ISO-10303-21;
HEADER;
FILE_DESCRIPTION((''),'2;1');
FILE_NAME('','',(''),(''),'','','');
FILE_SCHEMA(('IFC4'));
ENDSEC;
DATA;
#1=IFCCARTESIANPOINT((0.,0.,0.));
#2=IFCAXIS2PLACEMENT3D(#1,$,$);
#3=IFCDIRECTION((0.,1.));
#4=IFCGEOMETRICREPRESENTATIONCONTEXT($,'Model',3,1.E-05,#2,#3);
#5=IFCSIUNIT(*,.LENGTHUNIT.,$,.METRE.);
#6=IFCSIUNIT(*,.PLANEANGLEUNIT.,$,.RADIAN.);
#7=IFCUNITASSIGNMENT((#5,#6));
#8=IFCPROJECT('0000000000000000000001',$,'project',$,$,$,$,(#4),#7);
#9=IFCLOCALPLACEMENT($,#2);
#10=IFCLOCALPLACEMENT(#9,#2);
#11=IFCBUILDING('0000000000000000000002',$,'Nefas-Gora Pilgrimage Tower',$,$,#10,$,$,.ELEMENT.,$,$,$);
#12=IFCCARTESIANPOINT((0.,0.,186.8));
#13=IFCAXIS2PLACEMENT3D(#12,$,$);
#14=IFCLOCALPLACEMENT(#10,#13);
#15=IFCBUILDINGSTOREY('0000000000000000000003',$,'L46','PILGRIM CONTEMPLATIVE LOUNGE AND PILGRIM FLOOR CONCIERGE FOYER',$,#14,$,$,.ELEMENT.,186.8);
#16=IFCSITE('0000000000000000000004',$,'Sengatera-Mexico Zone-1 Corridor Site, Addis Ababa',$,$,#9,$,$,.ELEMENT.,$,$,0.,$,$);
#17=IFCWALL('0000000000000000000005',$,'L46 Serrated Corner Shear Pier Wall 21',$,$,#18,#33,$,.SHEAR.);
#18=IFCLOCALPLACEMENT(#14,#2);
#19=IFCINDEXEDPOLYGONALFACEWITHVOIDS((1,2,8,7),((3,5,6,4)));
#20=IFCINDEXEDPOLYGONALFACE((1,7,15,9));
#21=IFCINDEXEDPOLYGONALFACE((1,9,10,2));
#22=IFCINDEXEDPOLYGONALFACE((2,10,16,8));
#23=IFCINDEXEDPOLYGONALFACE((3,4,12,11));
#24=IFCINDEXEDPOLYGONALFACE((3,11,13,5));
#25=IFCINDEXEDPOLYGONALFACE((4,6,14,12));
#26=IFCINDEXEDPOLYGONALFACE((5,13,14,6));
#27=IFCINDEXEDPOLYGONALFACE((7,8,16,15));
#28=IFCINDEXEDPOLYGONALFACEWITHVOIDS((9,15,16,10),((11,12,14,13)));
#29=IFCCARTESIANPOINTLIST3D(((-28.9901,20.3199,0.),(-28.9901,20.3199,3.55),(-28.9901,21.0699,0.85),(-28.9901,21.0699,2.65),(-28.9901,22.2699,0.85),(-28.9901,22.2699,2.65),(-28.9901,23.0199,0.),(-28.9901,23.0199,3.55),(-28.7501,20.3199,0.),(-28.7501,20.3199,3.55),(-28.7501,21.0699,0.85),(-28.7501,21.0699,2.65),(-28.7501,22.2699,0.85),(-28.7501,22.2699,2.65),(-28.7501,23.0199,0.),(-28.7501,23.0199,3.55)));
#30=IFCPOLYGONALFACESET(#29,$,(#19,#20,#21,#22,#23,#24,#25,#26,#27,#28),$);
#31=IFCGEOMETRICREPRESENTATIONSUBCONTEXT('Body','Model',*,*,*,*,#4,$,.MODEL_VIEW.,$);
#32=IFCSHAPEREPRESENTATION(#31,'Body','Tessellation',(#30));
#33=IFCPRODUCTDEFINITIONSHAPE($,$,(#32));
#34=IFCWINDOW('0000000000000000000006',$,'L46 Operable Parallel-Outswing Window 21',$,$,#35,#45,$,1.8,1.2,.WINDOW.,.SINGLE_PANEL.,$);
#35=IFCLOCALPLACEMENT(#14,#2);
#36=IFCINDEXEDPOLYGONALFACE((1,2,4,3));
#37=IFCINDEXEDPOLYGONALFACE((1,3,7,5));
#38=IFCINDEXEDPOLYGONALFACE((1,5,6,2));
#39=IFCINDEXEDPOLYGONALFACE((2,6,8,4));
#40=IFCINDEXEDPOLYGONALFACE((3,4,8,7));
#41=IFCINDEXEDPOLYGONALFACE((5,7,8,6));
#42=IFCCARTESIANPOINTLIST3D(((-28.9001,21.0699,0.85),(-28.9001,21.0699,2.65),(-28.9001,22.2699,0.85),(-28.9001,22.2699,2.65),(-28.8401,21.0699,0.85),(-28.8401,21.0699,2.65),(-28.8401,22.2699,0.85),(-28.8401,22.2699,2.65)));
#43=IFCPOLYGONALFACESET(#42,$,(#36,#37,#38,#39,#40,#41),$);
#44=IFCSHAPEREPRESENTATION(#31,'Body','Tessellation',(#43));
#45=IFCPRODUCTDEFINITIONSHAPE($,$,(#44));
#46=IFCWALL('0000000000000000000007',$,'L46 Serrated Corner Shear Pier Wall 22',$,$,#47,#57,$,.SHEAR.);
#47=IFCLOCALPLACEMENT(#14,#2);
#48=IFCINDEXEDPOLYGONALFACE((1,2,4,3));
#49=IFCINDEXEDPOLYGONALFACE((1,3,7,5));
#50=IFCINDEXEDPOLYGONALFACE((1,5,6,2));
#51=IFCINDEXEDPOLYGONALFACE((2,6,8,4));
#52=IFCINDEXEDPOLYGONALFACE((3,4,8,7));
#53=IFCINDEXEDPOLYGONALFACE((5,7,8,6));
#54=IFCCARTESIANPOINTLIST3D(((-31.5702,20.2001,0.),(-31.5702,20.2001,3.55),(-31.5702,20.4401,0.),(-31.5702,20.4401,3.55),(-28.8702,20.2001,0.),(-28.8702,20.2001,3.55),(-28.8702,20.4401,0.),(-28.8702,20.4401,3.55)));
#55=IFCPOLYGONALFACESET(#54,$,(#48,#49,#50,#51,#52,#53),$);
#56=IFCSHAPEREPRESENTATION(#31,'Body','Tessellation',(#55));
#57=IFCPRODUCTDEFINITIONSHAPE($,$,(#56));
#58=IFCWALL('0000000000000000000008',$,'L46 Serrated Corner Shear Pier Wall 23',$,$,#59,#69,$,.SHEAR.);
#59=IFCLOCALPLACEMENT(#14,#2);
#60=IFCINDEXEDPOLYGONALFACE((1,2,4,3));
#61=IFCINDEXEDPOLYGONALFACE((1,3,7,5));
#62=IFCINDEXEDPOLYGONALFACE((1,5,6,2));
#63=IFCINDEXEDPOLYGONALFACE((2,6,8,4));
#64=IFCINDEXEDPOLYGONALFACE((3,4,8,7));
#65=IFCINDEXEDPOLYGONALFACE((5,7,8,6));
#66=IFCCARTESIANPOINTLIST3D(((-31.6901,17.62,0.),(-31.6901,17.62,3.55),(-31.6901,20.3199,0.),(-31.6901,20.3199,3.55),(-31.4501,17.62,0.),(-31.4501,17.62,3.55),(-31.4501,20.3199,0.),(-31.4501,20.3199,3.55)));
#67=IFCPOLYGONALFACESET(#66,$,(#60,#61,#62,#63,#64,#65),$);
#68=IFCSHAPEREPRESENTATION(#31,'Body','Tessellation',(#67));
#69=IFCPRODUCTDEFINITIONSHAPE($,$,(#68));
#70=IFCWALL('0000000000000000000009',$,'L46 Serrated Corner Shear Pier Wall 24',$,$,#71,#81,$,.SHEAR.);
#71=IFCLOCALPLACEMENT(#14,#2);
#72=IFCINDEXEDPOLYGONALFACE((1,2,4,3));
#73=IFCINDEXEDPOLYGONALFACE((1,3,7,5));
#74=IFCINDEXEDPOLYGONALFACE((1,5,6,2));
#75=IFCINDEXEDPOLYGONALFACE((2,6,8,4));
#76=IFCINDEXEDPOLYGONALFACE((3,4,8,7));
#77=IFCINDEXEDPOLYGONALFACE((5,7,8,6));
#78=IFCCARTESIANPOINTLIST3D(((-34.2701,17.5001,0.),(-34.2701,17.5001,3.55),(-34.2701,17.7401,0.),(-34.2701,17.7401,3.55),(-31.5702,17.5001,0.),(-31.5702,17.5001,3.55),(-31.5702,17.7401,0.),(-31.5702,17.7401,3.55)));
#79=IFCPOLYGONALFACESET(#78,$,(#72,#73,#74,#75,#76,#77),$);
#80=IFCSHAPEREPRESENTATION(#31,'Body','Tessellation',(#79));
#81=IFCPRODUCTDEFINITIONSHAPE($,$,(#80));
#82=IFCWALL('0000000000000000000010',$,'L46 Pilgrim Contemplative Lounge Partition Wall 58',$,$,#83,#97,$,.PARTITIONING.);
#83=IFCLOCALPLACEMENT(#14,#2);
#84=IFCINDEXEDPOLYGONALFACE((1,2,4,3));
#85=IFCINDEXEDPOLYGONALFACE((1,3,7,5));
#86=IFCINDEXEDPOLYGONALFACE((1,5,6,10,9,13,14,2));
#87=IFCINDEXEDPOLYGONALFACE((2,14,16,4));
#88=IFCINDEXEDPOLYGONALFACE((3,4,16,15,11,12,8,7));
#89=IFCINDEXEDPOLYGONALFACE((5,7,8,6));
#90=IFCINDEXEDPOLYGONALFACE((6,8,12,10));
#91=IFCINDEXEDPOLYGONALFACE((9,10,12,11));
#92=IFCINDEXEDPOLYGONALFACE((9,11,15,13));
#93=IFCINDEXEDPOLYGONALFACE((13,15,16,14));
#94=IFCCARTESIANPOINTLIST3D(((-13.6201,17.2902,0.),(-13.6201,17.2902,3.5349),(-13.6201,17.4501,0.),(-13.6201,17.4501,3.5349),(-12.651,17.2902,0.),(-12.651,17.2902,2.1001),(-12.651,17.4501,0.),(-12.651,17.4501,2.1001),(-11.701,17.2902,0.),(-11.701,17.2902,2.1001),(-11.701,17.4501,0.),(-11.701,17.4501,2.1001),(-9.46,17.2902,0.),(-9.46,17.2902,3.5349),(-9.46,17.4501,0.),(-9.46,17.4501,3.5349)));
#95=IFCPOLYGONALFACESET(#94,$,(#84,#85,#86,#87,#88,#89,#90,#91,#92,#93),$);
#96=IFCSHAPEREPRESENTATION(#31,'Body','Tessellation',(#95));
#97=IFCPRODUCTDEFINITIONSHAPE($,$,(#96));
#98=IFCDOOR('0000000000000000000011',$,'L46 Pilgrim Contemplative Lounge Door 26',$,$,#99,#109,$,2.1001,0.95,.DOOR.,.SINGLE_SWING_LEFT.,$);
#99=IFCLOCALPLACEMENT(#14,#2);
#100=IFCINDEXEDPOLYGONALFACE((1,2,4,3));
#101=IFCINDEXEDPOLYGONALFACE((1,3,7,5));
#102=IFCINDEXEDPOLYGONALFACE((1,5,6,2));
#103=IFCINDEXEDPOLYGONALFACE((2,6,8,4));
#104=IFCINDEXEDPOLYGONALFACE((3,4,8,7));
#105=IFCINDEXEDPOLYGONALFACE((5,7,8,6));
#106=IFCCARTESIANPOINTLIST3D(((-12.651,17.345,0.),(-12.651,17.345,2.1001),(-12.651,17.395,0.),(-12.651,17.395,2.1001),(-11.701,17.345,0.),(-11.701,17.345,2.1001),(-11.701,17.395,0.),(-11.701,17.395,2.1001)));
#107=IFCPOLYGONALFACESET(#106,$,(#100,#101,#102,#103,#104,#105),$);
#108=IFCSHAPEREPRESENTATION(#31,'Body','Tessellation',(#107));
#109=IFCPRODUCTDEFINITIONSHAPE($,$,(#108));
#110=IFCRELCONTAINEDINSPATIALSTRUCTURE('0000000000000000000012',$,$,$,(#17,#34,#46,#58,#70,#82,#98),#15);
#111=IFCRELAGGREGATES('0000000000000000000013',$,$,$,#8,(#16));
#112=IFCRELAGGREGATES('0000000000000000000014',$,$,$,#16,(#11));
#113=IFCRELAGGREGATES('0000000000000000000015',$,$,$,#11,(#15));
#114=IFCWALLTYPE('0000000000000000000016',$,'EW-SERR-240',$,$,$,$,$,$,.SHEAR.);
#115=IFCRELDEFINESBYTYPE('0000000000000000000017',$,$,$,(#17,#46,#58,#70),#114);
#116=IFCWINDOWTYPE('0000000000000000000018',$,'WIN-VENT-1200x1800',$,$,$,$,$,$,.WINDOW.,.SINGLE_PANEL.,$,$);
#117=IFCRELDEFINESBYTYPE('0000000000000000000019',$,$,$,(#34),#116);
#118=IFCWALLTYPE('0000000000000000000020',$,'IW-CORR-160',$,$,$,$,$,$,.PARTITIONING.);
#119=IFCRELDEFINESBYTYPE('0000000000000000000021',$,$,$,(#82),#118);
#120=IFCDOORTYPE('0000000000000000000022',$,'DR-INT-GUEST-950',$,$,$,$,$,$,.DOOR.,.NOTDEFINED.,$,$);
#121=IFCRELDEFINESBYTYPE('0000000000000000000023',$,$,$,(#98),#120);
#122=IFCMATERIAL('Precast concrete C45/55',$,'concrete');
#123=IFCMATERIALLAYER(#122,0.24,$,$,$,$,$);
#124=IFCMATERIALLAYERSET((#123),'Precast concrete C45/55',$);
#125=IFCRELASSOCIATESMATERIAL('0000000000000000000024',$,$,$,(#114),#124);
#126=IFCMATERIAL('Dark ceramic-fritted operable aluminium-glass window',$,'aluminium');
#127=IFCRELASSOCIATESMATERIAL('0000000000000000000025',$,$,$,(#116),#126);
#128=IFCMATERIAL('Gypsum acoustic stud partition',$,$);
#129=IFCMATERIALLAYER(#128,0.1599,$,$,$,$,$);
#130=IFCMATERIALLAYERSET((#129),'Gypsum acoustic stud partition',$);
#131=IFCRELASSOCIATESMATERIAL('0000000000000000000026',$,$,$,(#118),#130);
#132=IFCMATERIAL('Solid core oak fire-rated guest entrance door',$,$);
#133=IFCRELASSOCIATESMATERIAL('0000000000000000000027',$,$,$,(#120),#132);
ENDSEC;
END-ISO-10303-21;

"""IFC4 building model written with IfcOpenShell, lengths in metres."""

from ifc_helpers import new_model, si_unit, direction, frame, frame_2d, origin, place, context, subcontext, project, spatial, rectangle, extrude, source, transform, mapped, material, layer, layer_set, type_object, element, fill, save


model = new_model("IFC4")

# Units and contexts
model_context = context("Model", 3, precision=1e-05, world=origin(), true_north=direction((0.0, 1.0)))
body_context = subcontext(model_context, "Body", "Model", "MODEL_VIEW")
ifc_project = project(units=[si_unit("LENGTHUNIT", "METRE"), si_unit("PLANEANGLEUNIT", "RADIAN")], contexts=[model_context])

# Site, building, storey
site_placement = place(None, origin())
site = spatial("IfcSite", under=ifc_project, at=site_placement, Name="Sengatera-Mexico Zone-1 Corridor Site, Addis Ababa", CompositionType="ELEMENT", RefElevation=0.0)
building_placement = place(site_placement, origin())
building = spatial("IfcBuilding", under=site, at=building_placement, Name="Nefas-Gora Pilgrimage Tower", CompositionType="ELEMENT")
storey_placement = place(building_placement, frame((0.0, 0.0, 186.8)))
storey = spatial("IfcBuildingStorey", under=building, at=storey_placement, Name="L46", Description="PILGRIM CONTEMPLATIVE LOUNGE AND PILGRIM FLOOR CONCIERGE FOYER", CompositionType="ELEMENT", Elevation=186.8)

# Wall, opening, window
ifc_material_1 = material(Name="Precast concrete C45/55", Category="concrete")
ifc_layer_1 = layer(ifc_material_1, 0.24)
ifc_layer_set_1 = layer_set([ifc_layer_1], Name="Precast concrete C45/55")
wall_type_1 = type_object("IfcWallType", Name="EW-SERR-240", PredefinedType="SHEAR", material=ifc_layer_set_1)
shared_shape_1 = source(origin(), body_context, "Body", "SweptSolid", [
    extrude(rectangle(XDim=2.7, YDim=0.24, at=frame_2d((1.3501, 0.0))), origin(), (0.0, 0.0, 1.0), 3.55),
])
wall_1_placement = place(storey_placement, frame((-28.8701, 23.02, 0.0), z_axis=(0.0, 0.0, 1.0), x_axis=(0.0, -1.0, 0.0)))
wall_1 = element("IfcWall", 1, at=wall_1_placement, inside=storey, type_object=wall_type_1, Name="L46 Serrated Corner Shear Pier Wall 21", PredefinedType="SHEAR", context=body_context, shape_type="MappedRepresentation", body=[
    mapped(shared_shape_1, transform((0.0, 0.0, 0.0), x_axis=(1.0, 0.0, 0.0), y_axis=(0.0, 1.0, 0.0), z_axis=(0.0, 0.0, 1.0), scale=1.0)),
])
opening_1_placement = place(wall_1_placement, frame((0.75, 0.0, 0.8501)))
opening_1 = element("IfcOpeningElement", 2, at=opening_1_placement, cuts=wall_1, PredefinedType="OPENING", context=body_context, shape_type="SweptSolid", body=[
    extrude(rectangle(XDim=1.2, YDim=1.8, at=frame_2d((0.6001, 0.8999))), frame((0.0, 0.1299, 0.0), z_axis=(0.0, -1.0, 0.0), x_axis=(1.0, 0.0, 0.0)), (0.0, 0.0, 1.0), 0.26),
])
ifc_material_2 = material(Name="Dark ceramic-fritted operable aluminium-glass window", Category="aluminium")
window_type = type_object("IfcWindowType", Name="WIN-VENT-1200x1800", PartitioningType="SINGLE_PANEL", PredefinedType="WINDOW", material=ifc_material_2)
shared_shape_2 = source(origin(), body_context, "Body", "SweptSolid", [
    extrude(rectangle(XDim=1.2, YDim=1.8, at=frame_2d((0.6001, 0.8999))), frame((0.0, 0.03, 0.0), z_axis=(0.0, -1.0, 0.0), x_axis=(1.0, 0.0, 0.0)), (0.0, 0.0, 1.0), 0.0601),
])
window_placement = place(opening_1_placement, origin())
window = element("IfcWindow", 3, at=window_placement, inside=storey, type_object=window_type, Name="L46 Operable Parallel-Outswing Window 21", OverallHeight=1.8, OverallWidth=1.2, PartitioningType="SINGLE_PANEL", PredefinedType="WINDOW", context=body_context, shape_type="MappedRepresentation", body=[
    mapped(shared_shape_2, transform((0.0, 0.0, 0.0), x_axis=(1.0, 0.0, 0.0), y_axis=(0.0, 1.0, 0.0), z_axis=(0.0, 0.0, 1.0), scale=1.0)),
])
fill(opening_1, window)

# Walls
for number, where, z_axis, x_axis, name in (
    (4, (-28.8701, 20.3201, 0.0), (0.0, 0.0, 1.0), (-1.0, 0.0, 0.0), "L46 Serrated Corner Shear Pier Wall 22"),
    (5, (-31.5701, 20.3201, 0.0), (0.0, 0.0, 1.0), (0.0, -1.0, 0.0), "L46 Serrated Corner Shear Pier Wall 23"),
    (6, (-31.5701, 17.6201, 0.0), (0.0, 0.0, 1.0), (-1.0, 0.0, 0.0), "L46 Serrated Corner Shear Pier Wall 24"),
):
    element("IfcWall", number, at=place(storey_placement, frame(where, z_axis=z_axis, x_axis=x_axis)), inside=storey, type_object=wall_type_1, Name=name, PredefinedType="SHEAR", context=body_context, shape_type="MappedRepresentation", body=[
        mapped(shared_shape_1, transform((0.0, 0.0, 0.0), x_axis=(1.0, 0.0, 0.0), y_axis=(0.0, 1.0, 0.0), z_axis=(0.0, 0.0, 1.0), scale=1.0)),
    ])

# Wall, opening, door
ifc_material_3 = material(Name="Gypsum acoustic stud partition")
ifc_layer_2 = layer(ifc_material_3, 0.1599)
ifc_layer_set_2 = layer_set([ifc_layer_2], Name="Gypsum acoustic stud partition")
wall_type_2 = type_object("IfcWallType", Name="IW-CORR-160", PredefinedType="PARTITIONING", material=ifc_layer_set_2)
shared_shape_3 = source(origin(), body_context, "Body", "SweptSolid", [
    extrude(rectangle(XDim=4.1602, YDim=0.1599, at=frame_2d((2.0801, 0.0))), origin(), (0.0, 0.0, 1.0), 3.5349),
])
wall_2_placement = place(storey_placement, frame((-13.6201, 17.3701, 0.0), z_axis=(0.0, 0.0, 1.0), x_axis=(1.0, 0.0, 0.0)))
wall_2 = element("IfcWall", 7, at=wall_2_placement, inside=storey, type_object=wall_type_2, Name="L46 Pilgrim Contemplative Lounge Partition Wall 58", PredefinedType="PARTITIONING", context=body_context, shape_type="MappedRepresentation", body=[
    mapped(shared_shape_3, transform((0.0, 0.0, 0.0), x_axis=(1.0, 0.0, 0.0), y_axis=(0.0, 1.0, 0.0), z_axis=(0.0, 0.0, 1.0), scale=1.0)),
])
opening_2_placement = place(wall_2_placement, frame((0.969, 0.0, 0.0)))
opening_2 = element("IfcOpeningElement", 8, at=opening_2_placement, cuts=wall_2, PredefinedType="OPENING", context=body_context, shape_type="SweptSolid", body=[
    extrude(rectangle(XDim=0.95, YDim=2.1001, at=frame_2d((0.4751, 1.05))), frame((0.0, 0.0898, 0.0), z_axis=(0.0, -1.0, 0.0), x_axis=(1.0, 0.0, 0.0)), (0.0, 0.0, 1.0), 0.1799),
])
ifc_material_4 = material(Name="Solid core oak fire-rated guest entrance door")
door_type = type_object("IfcDoorType", Name="DR-INT-GUEST-950", OperationType="NOTDEFINED", PredefinedType="DOOR", material=ifc_material_4)
shared_shape_4 = source(origin(), body_context, "Body", "SweptSolid", [
    extrude(rectangle(XDim=0.95, YDim=2.1001, at=frame_2d((0.4751, 1.05))), frame((0.0, 0.0249, 0.0), z_axis=(0.0, -1.0, 0.0), x_axis=(1.0, 0.0, 0.0)), (0.0, 0.0, 1.0), 0.05),
])
door_placement = place(opening_2_placement, origin())
door = element("IfcDoor", 9, at=door_placement, inside=storey, type_object=door_type, Name="L46 Pilgrim Contemplative Lounge Door 26", OperationType="SINGLE_SWING_LEFT", OverallHeight=2.1001, OverallWidth=0.95, PredefinedType="DOOR", context=body_context, shape_type="MappedRepresentation", body=[
    mapped(shared_shape_4, transform((0.0, 0.0, 0.0), x_axis=(1.0, 0.0, 0.0), y_axis=(0.0, 1.0, 0.0), z_axis=(0.0, 0.0, 1.0), scale=1.0)),
])
fill(opening_2, door)

save(model, "model.ifc")
